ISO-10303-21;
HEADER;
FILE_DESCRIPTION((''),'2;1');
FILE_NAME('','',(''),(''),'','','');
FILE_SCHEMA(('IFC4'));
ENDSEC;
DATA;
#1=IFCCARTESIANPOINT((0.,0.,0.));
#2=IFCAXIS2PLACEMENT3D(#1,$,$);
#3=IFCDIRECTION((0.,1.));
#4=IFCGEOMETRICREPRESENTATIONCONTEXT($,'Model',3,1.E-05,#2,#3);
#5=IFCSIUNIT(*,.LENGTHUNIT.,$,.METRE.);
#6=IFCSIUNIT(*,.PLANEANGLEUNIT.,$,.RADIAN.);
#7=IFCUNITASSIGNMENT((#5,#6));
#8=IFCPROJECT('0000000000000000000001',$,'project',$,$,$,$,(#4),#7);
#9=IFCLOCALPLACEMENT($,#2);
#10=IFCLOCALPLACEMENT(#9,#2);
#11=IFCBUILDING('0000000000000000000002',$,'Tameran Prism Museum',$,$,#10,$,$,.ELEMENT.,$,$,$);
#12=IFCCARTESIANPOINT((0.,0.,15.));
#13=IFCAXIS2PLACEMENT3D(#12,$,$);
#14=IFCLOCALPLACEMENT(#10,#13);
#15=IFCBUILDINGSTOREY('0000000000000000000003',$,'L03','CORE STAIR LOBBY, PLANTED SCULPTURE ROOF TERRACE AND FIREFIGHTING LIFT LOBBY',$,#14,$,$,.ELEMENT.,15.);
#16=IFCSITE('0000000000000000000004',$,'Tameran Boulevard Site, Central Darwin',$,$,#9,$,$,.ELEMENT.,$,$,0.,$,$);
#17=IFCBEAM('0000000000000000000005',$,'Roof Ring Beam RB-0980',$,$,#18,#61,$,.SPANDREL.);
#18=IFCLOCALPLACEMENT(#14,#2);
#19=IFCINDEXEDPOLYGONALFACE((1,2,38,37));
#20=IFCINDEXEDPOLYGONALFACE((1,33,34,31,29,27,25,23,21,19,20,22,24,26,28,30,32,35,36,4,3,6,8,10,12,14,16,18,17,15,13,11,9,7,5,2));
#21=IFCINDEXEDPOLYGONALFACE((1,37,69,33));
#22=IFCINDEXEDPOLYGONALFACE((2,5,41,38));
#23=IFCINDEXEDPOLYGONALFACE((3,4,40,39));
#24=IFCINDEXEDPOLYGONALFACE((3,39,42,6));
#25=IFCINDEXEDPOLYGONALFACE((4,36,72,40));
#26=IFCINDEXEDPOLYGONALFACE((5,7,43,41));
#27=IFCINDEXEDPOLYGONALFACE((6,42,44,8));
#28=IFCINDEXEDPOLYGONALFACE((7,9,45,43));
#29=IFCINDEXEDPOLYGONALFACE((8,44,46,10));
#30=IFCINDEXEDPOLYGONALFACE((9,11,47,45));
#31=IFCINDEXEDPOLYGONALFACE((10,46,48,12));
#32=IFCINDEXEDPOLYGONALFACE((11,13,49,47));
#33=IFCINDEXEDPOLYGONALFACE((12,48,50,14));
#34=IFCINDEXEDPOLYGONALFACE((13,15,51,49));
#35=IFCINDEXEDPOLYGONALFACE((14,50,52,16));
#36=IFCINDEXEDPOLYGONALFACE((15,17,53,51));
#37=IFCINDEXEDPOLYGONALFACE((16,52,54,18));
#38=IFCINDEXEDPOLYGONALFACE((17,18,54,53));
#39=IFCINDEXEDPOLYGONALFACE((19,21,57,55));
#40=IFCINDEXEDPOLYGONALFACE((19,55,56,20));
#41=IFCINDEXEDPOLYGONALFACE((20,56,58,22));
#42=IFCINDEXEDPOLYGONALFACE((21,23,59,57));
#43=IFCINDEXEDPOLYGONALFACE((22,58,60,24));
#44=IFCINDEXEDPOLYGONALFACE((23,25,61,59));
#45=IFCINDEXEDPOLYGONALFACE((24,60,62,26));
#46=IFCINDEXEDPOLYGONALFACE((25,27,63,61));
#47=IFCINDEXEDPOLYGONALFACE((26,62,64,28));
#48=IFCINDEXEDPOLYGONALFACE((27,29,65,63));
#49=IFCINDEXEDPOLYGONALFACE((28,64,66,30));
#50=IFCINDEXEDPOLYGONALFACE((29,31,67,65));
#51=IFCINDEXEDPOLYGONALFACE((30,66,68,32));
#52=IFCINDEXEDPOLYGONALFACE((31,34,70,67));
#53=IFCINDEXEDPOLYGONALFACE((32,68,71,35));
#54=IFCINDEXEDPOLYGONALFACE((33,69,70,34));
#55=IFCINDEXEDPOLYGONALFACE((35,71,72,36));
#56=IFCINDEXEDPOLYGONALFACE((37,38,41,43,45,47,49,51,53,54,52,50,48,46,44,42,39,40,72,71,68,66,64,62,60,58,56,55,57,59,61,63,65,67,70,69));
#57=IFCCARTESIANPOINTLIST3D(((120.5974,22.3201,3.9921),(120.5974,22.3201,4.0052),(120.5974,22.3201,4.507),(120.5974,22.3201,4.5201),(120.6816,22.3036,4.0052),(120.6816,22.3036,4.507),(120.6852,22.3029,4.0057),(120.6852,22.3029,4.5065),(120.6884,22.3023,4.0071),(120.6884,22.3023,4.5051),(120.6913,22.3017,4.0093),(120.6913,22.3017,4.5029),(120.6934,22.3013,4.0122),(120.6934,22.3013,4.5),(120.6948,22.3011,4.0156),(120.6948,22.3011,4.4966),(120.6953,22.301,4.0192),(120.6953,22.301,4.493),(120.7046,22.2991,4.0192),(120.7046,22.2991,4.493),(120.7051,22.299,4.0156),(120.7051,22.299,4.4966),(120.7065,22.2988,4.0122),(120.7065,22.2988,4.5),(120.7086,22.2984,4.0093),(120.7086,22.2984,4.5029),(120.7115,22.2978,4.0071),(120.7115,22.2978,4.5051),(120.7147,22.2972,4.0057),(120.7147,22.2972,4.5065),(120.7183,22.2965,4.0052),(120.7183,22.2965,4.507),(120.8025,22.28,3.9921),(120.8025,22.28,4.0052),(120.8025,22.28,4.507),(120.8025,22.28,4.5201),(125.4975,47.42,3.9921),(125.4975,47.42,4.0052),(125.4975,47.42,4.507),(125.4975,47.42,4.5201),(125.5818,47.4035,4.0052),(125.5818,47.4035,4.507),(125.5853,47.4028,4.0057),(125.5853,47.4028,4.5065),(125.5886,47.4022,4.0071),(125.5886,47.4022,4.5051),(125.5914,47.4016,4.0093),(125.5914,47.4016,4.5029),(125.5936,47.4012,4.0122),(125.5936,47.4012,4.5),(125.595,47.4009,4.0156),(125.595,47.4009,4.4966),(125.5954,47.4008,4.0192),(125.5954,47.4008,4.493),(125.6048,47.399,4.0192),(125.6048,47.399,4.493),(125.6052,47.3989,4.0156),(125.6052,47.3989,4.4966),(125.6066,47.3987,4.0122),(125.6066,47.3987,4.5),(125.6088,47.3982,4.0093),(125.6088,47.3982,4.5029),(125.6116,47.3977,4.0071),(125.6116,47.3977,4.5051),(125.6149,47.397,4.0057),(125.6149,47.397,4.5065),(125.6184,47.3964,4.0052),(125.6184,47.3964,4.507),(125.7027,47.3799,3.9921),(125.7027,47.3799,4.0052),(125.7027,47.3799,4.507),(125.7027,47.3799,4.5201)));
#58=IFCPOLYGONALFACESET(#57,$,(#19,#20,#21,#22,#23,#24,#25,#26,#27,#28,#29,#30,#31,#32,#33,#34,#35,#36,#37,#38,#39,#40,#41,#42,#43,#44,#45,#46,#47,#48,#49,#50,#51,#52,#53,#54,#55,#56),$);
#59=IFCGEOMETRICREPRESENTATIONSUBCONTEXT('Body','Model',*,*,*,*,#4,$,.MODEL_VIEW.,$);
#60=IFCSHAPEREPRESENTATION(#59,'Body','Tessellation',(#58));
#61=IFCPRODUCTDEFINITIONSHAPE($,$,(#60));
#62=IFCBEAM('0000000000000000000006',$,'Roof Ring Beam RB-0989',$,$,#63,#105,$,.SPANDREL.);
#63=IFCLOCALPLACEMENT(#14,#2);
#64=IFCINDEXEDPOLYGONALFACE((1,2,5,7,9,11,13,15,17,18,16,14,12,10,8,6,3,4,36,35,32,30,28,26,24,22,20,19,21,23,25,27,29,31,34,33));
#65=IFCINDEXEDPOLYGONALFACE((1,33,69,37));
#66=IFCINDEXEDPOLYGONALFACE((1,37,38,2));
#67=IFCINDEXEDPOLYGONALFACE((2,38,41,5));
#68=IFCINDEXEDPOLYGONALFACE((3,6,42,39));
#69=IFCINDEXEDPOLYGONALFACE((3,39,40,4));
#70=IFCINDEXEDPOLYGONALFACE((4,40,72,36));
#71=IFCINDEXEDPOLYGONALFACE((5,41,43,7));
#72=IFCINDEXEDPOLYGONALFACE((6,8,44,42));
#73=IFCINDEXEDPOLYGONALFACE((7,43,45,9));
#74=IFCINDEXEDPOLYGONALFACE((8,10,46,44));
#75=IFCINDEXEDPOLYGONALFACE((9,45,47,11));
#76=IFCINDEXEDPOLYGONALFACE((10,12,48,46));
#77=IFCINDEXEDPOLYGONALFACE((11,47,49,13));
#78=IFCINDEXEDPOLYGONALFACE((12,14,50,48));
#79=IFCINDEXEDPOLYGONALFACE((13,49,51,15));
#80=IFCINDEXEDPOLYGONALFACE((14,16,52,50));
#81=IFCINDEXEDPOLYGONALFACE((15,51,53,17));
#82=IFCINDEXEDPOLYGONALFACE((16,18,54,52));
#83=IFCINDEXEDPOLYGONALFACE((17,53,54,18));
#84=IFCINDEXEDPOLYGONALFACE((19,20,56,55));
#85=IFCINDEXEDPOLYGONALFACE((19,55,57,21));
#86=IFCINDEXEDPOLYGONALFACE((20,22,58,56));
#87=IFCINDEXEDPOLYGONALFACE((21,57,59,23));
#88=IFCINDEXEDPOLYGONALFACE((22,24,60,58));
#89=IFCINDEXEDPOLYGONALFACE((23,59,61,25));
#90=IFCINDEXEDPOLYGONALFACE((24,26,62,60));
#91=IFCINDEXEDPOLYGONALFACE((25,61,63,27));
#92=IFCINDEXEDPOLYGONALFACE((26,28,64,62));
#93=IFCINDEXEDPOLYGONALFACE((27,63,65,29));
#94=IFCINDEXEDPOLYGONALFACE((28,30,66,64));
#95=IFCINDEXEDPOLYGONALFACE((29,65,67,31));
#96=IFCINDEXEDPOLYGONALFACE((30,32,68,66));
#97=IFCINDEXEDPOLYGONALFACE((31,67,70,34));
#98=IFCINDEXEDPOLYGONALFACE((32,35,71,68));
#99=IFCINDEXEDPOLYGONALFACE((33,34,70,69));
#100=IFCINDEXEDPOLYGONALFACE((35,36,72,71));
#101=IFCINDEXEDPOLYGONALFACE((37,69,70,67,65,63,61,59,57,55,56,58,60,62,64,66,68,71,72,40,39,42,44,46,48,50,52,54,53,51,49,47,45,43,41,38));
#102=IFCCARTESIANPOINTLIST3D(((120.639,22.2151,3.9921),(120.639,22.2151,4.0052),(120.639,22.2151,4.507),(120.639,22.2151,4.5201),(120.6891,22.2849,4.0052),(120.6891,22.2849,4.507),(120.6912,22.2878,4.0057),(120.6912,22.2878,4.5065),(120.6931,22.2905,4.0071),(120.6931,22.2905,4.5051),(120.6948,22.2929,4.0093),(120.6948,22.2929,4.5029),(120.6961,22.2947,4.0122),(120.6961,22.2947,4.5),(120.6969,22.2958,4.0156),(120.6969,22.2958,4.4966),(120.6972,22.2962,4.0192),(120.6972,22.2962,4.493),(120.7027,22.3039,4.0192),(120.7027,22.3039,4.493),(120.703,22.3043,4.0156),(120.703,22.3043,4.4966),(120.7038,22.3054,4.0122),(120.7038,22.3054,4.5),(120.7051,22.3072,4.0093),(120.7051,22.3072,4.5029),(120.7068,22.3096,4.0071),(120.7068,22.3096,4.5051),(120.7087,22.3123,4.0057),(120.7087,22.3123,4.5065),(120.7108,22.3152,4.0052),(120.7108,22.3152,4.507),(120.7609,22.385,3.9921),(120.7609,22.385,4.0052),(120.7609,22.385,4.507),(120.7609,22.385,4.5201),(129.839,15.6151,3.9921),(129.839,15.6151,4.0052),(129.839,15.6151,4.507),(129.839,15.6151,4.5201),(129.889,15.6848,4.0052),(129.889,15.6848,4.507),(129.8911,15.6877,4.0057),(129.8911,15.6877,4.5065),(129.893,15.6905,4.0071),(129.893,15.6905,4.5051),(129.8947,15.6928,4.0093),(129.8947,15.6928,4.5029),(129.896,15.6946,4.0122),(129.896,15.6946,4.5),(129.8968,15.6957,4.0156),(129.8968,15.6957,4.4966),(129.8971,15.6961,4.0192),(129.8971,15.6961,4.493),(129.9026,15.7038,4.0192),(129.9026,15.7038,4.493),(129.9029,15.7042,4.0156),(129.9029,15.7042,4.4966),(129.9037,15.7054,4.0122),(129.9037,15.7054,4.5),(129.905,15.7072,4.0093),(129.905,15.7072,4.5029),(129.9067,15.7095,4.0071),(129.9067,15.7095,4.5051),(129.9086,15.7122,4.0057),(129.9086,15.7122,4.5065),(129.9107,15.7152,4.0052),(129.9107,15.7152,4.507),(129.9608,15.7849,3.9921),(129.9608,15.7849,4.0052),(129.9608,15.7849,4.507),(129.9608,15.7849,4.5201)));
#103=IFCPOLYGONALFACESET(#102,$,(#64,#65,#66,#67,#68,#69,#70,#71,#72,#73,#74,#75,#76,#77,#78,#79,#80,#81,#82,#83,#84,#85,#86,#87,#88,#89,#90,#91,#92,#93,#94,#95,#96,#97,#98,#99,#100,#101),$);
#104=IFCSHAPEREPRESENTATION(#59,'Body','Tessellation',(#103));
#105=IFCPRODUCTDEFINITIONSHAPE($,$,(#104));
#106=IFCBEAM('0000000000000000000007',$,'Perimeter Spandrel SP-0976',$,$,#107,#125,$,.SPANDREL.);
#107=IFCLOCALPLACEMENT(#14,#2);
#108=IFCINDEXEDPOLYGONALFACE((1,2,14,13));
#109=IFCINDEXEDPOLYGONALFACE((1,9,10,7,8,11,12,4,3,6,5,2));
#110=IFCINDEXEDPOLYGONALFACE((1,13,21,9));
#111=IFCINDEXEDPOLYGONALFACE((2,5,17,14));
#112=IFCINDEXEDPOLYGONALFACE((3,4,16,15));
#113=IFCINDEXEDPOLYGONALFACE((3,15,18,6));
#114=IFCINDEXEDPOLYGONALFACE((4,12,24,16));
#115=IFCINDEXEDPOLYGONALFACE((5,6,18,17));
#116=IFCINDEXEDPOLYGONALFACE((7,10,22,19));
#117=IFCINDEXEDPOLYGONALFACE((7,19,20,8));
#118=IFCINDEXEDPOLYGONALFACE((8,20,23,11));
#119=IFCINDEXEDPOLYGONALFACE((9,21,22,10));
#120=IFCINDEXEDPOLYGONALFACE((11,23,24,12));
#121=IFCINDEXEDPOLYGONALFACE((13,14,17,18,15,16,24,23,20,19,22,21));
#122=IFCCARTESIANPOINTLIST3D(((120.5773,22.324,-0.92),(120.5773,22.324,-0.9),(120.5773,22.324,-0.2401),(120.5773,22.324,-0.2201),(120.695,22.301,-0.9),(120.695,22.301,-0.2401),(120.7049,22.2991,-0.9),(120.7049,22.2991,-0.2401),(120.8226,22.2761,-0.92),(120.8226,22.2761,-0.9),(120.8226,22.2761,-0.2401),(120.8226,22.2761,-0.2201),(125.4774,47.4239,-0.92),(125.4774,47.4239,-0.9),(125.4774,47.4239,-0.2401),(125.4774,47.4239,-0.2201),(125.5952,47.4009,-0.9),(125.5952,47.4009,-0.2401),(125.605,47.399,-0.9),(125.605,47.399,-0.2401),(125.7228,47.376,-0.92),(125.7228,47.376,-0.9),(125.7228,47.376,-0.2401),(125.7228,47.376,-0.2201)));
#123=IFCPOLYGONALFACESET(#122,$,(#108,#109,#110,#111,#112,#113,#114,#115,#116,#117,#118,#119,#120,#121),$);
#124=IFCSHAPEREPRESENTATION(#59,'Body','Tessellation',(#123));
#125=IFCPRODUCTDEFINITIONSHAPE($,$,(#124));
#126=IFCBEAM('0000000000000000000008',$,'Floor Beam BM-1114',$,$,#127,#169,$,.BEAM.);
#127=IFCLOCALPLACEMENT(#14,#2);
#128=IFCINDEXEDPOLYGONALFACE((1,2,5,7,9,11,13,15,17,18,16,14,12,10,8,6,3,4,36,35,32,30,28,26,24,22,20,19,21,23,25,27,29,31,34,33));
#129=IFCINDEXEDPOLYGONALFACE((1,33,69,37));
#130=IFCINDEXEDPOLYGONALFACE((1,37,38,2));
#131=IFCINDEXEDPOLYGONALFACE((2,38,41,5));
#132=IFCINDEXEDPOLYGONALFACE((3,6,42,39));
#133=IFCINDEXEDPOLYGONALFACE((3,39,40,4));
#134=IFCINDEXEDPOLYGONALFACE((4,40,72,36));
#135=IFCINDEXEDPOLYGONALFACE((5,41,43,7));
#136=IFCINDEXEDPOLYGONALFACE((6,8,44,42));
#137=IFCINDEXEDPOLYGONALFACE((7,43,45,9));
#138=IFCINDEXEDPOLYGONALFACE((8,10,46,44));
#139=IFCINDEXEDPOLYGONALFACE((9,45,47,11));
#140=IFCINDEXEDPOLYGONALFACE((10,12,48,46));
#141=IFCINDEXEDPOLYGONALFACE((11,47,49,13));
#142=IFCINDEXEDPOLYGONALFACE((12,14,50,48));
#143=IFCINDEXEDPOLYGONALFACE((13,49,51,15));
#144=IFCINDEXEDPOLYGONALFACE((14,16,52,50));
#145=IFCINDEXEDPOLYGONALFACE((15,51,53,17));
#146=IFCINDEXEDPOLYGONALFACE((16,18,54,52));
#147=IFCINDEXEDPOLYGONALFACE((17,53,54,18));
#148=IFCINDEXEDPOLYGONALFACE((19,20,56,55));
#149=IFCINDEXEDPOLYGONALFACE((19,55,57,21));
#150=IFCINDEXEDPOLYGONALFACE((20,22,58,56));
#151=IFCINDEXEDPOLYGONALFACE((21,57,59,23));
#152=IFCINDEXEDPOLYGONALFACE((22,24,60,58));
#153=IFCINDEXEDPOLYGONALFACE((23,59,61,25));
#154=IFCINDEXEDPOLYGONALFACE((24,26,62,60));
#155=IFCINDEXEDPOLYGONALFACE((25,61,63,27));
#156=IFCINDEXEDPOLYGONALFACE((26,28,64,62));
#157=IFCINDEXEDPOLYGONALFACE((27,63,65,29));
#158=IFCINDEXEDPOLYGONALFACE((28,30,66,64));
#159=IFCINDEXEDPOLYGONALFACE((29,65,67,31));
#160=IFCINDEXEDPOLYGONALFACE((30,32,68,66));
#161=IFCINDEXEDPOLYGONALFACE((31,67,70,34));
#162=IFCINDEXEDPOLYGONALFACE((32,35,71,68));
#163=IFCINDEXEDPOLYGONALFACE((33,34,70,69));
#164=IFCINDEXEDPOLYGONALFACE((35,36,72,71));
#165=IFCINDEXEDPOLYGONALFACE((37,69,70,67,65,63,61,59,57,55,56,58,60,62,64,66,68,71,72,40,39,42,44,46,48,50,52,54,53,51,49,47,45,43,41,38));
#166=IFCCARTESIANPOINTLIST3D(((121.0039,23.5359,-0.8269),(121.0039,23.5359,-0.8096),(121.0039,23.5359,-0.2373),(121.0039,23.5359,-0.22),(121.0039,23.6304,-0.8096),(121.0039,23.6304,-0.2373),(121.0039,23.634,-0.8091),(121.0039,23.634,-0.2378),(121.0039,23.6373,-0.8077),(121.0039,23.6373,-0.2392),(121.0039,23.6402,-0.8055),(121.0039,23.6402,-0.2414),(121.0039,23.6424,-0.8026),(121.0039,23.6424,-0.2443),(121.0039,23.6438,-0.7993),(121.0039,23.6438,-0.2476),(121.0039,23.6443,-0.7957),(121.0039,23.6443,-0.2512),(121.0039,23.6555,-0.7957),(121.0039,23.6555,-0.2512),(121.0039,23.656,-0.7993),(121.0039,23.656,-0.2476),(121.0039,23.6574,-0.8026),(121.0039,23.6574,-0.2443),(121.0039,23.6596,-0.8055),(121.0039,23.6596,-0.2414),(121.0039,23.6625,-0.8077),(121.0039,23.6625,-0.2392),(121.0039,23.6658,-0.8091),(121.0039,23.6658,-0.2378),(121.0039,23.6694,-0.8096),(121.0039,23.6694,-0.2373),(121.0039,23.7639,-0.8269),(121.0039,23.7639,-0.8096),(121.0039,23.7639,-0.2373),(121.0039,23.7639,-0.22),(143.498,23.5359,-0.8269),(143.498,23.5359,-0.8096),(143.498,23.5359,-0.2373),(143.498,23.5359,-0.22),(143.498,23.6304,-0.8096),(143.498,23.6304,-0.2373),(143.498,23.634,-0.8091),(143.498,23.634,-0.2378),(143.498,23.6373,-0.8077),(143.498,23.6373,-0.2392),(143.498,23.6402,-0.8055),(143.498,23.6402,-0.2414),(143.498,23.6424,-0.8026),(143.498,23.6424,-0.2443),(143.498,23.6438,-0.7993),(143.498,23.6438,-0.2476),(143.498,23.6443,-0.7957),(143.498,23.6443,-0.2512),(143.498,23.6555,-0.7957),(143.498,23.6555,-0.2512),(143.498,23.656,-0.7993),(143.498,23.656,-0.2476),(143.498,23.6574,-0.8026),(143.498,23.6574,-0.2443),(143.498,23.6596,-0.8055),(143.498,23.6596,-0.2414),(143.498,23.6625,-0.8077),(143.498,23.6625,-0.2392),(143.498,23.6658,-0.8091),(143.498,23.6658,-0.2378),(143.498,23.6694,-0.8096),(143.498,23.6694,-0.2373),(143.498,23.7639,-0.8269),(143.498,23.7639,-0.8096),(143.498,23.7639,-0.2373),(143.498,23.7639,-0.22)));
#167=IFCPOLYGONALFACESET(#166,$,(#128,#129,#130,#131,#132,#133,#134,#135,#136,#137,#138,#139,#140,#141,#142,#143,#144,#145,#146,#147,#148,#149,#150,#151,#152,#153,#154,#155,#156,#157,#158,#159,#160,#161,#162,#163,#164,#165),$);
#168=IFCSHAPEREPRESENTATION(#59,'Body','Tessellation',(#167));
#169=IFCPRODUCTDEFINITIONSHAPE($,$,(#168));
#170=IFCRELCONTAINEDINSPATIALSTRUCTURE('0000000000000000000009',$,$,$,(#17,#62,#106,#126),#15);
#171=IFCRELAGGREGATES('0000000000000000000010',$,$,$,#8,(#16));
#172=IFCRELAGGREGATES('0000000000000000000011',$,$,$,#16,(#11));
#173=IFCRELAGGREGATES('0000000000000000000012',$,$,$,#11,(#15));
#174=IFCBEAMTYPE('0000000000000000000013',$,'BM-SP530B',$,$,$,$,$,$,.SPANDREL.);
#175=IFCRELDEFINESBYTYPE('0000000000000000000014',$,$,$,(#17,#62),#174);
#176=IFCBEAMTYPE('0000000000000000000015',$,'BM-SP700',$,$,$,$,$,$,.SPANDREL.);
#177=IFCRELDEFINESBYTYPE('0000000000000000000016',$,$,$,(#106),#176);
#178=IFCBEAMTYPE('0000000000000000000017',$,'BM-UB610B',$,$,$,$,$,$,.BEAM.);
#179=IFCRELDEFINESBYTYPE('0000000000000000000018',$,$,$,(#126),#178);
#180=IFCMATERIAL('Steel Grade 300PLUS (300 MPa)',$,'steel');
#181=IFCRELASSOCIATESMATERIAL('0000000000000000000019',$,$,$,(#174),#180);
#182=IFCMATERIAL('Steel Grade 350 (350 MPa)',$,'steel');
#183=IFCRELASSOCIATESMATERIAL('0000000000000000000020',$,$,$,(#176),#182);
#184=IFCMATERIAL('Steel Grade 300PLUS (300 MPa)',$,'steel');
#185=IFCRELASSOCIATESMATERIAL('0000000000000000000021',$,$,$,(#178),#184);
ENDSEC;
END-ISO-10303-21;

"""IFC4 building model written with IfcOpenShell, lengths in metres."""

from ifc_helpers import new_model, si_unit, direction, frame, origin, origin_2d, place, context, subcontext, project, spatial, i_section, extrude, material, material_profile, profile_set, type_object, element, save


model = new_model("IFC4")

# Units and contexts
model_context = context("Model", 3, precision=1e-05, world=origin(), true_north=direction((0.0, 1.0)))
body_context = subcontext(model_context, "Body", "Model", "MODEL_VIEW")
ifc_project = project(units=[si_unit("LENGTHUNIT", "METRE"), si_unit("PLANEANGLEUNIT", "RADIAN")], contexts=[model_context])

# Site, building, storey
site_placement = place(None, origin())
site = spatial("IfcSite", under=ifc_project, at=site_placement, Name="Tameran Boulevard Site, Central Darwin", CompositionType="ELEMENT", RefElevation=0.0)
building_placement = place(site_placement, origin())
building = spatial("IfcBuilding", under=site, at=building_placement, Name="Tameran Prism Museum", CompositionType="ELEMENT")
storey_placement = place(building_placement, frame((0.0, 0.0, 15.0)))
storey = spatial("IfcBuildingStorey", under=building, at=storey_placement, Name="L03", Description="CORE STAIR LOBBY, PLANTED SCULPTURE ROOF TERRACE AND FIREFIGHTING LIFT LOBBY", CompositionType="ELEMENT", Elevation=15.0)

# Beams
ifc_material_1 = material(Name="Steel Grade 300PLUS (300 MPa)", Category="steel")
ifc_material_profile_1 = material_profile(ifc_material_1, i_section(OverallWidth=0.209, OverallDepth=0.5281, WebThickness=0.0095, FlangeThickness=0.0132, FilletRadius=0.0139, at=origin_2d()))
ifc_profile_set_1 = profile_set([ifc_material_profile_1])
beam_type_1 = type_object("IfcBeamType", Name="BM-SP530B", PredefinedType="SPANDREL", material=ifc_profile_set_1)
beam_1_placement = place(storey_placement, frame((120.7, 22.3, 4.2561), z_axis=(0.191609, 0.981471, 0.0), x_axis=(-0.981471, 0.191609, 0.0)))
element("IfcBeam", 1, at=beam_1_placement, inside=storey, type_object=beam_type_1, Name="Roof Ring Beam RB-0980", PredefinedType="SPANDREL", context=body_context, shape_type="SweptSolid", body=[
    extrude(i_section(OverallWidth=0.209, OverallDepth=0.5281, WebThickness=0.0095, FlangeThickness=0.0132, FilletRadius=0.0139, at=origin_2d()), origin(), (0.0, 0.0, 1.0), 25.5737),
])
beam_2_placement = place(storey_placement, frame((120.7, 22.3, 4.2561), z_axis=(0.812533, -0.582916, 0.0), x_axis=(0.582916, 0.812533, 0.0)))
element("IfcBeam", 2, at=beam_2_placement, inside=storey, type_object=beam_type_1, Name="Roof Ring Beam RB-0989", PredefinedType="SPANDREL", context=body_context, shape_type="SweptSolid", body=[
    extrude(i_section(OverallWidth=0.209, OverallDepth=0.5281, WebThickness=0.0095, FlangeThickness=0.0132, FilletRadius=0.0139, at=origin_2d()), origin(), (0.0, 0.0, 1.0), 11.3225),
])
ifc_material_2 = material(Name="Steel Grade 350 (350 MPa)", Category="steel")
ifc_material_profile_2 = material_profile(ifc_material_2, i_section(OverallWidth=0.25, OverallDepth=0.7, WebThickness=0.01, FlangeThickness=0.02, at=origin_2d()))
ifc_profile_set_2 = profile_set([ifc_material_profile_2])
beam_type_2 = type_object("IfcBeamType", Name="BM-SP700", PredefinedType="SPANDREL", material=ifc_profile_set_2)
beam_3_placement = place(storey_placement, frame((120.7, 22.3, -0.5701), z_axis=(0.191609, 0.981471, 0.0), x_axis=(-0.981471, 0.191609, 0.0)))
element("IfcBeam", 3, at=beam_3_placement, inside=storey, type_object=beam_type_2, Name="Perimeter Spandrel SP-0976", PredefinedType="SPANDREL", context=body_context, shape_type="SweptSolid", body=[
    extrude(i_section(OverallWidth=0.25, OverallDepth=0.7, WebThickness=0.01, FlangeThickness=0.02, at=origin_2d()), origin(), (0.0, 0.0, 1.0), 25.5737),
])
ifc_material_3 = material(Name="Steel Grade 300PLUS (300 MPa)", Category="steel")
ifc_material_profile_3 = material_profile(ifc_material_3, i_section(OverallWidth=0.228, OverallDepth=0.6069, WebThickness=0.0112, FlangeThickness=0.0173, FilletRadius=0.0139, at=origin_2d()))
ifc_profile_set_3 = profile_set([ifc_material_profile_3])
beam_type_3 = type_object("IfcBeamType", Name="BM-UB610B", PredefinedType="BEAM", material=ifc_profile_set_3)
beam_4_placement = place(storey_placement, frame((121.0039, 23.6499, -0.5234), z_axis=(1.0, 0.0, 0.0), x_axis=(0.0, 1.0, 0.0)))
element("IfcBeam", 4, at=beam_4_placement, inside=storey, type_object=beam_type_3, Name="Floor Beam BM-1114", PredefinedType="BEAM", context=body_context, shape_type="SweptSolid", body=[
    extrude(i_section(OverallWidth=0.228, OverallDepth=0.6069, WebThickness=0.0112, FlangeThickness=0.0173, FilletRadius=0.0139, at=origin_2d()), origin(), (0.0, 0.0, 1.0), 22.4941),
])

save(model, "model.ifc")
